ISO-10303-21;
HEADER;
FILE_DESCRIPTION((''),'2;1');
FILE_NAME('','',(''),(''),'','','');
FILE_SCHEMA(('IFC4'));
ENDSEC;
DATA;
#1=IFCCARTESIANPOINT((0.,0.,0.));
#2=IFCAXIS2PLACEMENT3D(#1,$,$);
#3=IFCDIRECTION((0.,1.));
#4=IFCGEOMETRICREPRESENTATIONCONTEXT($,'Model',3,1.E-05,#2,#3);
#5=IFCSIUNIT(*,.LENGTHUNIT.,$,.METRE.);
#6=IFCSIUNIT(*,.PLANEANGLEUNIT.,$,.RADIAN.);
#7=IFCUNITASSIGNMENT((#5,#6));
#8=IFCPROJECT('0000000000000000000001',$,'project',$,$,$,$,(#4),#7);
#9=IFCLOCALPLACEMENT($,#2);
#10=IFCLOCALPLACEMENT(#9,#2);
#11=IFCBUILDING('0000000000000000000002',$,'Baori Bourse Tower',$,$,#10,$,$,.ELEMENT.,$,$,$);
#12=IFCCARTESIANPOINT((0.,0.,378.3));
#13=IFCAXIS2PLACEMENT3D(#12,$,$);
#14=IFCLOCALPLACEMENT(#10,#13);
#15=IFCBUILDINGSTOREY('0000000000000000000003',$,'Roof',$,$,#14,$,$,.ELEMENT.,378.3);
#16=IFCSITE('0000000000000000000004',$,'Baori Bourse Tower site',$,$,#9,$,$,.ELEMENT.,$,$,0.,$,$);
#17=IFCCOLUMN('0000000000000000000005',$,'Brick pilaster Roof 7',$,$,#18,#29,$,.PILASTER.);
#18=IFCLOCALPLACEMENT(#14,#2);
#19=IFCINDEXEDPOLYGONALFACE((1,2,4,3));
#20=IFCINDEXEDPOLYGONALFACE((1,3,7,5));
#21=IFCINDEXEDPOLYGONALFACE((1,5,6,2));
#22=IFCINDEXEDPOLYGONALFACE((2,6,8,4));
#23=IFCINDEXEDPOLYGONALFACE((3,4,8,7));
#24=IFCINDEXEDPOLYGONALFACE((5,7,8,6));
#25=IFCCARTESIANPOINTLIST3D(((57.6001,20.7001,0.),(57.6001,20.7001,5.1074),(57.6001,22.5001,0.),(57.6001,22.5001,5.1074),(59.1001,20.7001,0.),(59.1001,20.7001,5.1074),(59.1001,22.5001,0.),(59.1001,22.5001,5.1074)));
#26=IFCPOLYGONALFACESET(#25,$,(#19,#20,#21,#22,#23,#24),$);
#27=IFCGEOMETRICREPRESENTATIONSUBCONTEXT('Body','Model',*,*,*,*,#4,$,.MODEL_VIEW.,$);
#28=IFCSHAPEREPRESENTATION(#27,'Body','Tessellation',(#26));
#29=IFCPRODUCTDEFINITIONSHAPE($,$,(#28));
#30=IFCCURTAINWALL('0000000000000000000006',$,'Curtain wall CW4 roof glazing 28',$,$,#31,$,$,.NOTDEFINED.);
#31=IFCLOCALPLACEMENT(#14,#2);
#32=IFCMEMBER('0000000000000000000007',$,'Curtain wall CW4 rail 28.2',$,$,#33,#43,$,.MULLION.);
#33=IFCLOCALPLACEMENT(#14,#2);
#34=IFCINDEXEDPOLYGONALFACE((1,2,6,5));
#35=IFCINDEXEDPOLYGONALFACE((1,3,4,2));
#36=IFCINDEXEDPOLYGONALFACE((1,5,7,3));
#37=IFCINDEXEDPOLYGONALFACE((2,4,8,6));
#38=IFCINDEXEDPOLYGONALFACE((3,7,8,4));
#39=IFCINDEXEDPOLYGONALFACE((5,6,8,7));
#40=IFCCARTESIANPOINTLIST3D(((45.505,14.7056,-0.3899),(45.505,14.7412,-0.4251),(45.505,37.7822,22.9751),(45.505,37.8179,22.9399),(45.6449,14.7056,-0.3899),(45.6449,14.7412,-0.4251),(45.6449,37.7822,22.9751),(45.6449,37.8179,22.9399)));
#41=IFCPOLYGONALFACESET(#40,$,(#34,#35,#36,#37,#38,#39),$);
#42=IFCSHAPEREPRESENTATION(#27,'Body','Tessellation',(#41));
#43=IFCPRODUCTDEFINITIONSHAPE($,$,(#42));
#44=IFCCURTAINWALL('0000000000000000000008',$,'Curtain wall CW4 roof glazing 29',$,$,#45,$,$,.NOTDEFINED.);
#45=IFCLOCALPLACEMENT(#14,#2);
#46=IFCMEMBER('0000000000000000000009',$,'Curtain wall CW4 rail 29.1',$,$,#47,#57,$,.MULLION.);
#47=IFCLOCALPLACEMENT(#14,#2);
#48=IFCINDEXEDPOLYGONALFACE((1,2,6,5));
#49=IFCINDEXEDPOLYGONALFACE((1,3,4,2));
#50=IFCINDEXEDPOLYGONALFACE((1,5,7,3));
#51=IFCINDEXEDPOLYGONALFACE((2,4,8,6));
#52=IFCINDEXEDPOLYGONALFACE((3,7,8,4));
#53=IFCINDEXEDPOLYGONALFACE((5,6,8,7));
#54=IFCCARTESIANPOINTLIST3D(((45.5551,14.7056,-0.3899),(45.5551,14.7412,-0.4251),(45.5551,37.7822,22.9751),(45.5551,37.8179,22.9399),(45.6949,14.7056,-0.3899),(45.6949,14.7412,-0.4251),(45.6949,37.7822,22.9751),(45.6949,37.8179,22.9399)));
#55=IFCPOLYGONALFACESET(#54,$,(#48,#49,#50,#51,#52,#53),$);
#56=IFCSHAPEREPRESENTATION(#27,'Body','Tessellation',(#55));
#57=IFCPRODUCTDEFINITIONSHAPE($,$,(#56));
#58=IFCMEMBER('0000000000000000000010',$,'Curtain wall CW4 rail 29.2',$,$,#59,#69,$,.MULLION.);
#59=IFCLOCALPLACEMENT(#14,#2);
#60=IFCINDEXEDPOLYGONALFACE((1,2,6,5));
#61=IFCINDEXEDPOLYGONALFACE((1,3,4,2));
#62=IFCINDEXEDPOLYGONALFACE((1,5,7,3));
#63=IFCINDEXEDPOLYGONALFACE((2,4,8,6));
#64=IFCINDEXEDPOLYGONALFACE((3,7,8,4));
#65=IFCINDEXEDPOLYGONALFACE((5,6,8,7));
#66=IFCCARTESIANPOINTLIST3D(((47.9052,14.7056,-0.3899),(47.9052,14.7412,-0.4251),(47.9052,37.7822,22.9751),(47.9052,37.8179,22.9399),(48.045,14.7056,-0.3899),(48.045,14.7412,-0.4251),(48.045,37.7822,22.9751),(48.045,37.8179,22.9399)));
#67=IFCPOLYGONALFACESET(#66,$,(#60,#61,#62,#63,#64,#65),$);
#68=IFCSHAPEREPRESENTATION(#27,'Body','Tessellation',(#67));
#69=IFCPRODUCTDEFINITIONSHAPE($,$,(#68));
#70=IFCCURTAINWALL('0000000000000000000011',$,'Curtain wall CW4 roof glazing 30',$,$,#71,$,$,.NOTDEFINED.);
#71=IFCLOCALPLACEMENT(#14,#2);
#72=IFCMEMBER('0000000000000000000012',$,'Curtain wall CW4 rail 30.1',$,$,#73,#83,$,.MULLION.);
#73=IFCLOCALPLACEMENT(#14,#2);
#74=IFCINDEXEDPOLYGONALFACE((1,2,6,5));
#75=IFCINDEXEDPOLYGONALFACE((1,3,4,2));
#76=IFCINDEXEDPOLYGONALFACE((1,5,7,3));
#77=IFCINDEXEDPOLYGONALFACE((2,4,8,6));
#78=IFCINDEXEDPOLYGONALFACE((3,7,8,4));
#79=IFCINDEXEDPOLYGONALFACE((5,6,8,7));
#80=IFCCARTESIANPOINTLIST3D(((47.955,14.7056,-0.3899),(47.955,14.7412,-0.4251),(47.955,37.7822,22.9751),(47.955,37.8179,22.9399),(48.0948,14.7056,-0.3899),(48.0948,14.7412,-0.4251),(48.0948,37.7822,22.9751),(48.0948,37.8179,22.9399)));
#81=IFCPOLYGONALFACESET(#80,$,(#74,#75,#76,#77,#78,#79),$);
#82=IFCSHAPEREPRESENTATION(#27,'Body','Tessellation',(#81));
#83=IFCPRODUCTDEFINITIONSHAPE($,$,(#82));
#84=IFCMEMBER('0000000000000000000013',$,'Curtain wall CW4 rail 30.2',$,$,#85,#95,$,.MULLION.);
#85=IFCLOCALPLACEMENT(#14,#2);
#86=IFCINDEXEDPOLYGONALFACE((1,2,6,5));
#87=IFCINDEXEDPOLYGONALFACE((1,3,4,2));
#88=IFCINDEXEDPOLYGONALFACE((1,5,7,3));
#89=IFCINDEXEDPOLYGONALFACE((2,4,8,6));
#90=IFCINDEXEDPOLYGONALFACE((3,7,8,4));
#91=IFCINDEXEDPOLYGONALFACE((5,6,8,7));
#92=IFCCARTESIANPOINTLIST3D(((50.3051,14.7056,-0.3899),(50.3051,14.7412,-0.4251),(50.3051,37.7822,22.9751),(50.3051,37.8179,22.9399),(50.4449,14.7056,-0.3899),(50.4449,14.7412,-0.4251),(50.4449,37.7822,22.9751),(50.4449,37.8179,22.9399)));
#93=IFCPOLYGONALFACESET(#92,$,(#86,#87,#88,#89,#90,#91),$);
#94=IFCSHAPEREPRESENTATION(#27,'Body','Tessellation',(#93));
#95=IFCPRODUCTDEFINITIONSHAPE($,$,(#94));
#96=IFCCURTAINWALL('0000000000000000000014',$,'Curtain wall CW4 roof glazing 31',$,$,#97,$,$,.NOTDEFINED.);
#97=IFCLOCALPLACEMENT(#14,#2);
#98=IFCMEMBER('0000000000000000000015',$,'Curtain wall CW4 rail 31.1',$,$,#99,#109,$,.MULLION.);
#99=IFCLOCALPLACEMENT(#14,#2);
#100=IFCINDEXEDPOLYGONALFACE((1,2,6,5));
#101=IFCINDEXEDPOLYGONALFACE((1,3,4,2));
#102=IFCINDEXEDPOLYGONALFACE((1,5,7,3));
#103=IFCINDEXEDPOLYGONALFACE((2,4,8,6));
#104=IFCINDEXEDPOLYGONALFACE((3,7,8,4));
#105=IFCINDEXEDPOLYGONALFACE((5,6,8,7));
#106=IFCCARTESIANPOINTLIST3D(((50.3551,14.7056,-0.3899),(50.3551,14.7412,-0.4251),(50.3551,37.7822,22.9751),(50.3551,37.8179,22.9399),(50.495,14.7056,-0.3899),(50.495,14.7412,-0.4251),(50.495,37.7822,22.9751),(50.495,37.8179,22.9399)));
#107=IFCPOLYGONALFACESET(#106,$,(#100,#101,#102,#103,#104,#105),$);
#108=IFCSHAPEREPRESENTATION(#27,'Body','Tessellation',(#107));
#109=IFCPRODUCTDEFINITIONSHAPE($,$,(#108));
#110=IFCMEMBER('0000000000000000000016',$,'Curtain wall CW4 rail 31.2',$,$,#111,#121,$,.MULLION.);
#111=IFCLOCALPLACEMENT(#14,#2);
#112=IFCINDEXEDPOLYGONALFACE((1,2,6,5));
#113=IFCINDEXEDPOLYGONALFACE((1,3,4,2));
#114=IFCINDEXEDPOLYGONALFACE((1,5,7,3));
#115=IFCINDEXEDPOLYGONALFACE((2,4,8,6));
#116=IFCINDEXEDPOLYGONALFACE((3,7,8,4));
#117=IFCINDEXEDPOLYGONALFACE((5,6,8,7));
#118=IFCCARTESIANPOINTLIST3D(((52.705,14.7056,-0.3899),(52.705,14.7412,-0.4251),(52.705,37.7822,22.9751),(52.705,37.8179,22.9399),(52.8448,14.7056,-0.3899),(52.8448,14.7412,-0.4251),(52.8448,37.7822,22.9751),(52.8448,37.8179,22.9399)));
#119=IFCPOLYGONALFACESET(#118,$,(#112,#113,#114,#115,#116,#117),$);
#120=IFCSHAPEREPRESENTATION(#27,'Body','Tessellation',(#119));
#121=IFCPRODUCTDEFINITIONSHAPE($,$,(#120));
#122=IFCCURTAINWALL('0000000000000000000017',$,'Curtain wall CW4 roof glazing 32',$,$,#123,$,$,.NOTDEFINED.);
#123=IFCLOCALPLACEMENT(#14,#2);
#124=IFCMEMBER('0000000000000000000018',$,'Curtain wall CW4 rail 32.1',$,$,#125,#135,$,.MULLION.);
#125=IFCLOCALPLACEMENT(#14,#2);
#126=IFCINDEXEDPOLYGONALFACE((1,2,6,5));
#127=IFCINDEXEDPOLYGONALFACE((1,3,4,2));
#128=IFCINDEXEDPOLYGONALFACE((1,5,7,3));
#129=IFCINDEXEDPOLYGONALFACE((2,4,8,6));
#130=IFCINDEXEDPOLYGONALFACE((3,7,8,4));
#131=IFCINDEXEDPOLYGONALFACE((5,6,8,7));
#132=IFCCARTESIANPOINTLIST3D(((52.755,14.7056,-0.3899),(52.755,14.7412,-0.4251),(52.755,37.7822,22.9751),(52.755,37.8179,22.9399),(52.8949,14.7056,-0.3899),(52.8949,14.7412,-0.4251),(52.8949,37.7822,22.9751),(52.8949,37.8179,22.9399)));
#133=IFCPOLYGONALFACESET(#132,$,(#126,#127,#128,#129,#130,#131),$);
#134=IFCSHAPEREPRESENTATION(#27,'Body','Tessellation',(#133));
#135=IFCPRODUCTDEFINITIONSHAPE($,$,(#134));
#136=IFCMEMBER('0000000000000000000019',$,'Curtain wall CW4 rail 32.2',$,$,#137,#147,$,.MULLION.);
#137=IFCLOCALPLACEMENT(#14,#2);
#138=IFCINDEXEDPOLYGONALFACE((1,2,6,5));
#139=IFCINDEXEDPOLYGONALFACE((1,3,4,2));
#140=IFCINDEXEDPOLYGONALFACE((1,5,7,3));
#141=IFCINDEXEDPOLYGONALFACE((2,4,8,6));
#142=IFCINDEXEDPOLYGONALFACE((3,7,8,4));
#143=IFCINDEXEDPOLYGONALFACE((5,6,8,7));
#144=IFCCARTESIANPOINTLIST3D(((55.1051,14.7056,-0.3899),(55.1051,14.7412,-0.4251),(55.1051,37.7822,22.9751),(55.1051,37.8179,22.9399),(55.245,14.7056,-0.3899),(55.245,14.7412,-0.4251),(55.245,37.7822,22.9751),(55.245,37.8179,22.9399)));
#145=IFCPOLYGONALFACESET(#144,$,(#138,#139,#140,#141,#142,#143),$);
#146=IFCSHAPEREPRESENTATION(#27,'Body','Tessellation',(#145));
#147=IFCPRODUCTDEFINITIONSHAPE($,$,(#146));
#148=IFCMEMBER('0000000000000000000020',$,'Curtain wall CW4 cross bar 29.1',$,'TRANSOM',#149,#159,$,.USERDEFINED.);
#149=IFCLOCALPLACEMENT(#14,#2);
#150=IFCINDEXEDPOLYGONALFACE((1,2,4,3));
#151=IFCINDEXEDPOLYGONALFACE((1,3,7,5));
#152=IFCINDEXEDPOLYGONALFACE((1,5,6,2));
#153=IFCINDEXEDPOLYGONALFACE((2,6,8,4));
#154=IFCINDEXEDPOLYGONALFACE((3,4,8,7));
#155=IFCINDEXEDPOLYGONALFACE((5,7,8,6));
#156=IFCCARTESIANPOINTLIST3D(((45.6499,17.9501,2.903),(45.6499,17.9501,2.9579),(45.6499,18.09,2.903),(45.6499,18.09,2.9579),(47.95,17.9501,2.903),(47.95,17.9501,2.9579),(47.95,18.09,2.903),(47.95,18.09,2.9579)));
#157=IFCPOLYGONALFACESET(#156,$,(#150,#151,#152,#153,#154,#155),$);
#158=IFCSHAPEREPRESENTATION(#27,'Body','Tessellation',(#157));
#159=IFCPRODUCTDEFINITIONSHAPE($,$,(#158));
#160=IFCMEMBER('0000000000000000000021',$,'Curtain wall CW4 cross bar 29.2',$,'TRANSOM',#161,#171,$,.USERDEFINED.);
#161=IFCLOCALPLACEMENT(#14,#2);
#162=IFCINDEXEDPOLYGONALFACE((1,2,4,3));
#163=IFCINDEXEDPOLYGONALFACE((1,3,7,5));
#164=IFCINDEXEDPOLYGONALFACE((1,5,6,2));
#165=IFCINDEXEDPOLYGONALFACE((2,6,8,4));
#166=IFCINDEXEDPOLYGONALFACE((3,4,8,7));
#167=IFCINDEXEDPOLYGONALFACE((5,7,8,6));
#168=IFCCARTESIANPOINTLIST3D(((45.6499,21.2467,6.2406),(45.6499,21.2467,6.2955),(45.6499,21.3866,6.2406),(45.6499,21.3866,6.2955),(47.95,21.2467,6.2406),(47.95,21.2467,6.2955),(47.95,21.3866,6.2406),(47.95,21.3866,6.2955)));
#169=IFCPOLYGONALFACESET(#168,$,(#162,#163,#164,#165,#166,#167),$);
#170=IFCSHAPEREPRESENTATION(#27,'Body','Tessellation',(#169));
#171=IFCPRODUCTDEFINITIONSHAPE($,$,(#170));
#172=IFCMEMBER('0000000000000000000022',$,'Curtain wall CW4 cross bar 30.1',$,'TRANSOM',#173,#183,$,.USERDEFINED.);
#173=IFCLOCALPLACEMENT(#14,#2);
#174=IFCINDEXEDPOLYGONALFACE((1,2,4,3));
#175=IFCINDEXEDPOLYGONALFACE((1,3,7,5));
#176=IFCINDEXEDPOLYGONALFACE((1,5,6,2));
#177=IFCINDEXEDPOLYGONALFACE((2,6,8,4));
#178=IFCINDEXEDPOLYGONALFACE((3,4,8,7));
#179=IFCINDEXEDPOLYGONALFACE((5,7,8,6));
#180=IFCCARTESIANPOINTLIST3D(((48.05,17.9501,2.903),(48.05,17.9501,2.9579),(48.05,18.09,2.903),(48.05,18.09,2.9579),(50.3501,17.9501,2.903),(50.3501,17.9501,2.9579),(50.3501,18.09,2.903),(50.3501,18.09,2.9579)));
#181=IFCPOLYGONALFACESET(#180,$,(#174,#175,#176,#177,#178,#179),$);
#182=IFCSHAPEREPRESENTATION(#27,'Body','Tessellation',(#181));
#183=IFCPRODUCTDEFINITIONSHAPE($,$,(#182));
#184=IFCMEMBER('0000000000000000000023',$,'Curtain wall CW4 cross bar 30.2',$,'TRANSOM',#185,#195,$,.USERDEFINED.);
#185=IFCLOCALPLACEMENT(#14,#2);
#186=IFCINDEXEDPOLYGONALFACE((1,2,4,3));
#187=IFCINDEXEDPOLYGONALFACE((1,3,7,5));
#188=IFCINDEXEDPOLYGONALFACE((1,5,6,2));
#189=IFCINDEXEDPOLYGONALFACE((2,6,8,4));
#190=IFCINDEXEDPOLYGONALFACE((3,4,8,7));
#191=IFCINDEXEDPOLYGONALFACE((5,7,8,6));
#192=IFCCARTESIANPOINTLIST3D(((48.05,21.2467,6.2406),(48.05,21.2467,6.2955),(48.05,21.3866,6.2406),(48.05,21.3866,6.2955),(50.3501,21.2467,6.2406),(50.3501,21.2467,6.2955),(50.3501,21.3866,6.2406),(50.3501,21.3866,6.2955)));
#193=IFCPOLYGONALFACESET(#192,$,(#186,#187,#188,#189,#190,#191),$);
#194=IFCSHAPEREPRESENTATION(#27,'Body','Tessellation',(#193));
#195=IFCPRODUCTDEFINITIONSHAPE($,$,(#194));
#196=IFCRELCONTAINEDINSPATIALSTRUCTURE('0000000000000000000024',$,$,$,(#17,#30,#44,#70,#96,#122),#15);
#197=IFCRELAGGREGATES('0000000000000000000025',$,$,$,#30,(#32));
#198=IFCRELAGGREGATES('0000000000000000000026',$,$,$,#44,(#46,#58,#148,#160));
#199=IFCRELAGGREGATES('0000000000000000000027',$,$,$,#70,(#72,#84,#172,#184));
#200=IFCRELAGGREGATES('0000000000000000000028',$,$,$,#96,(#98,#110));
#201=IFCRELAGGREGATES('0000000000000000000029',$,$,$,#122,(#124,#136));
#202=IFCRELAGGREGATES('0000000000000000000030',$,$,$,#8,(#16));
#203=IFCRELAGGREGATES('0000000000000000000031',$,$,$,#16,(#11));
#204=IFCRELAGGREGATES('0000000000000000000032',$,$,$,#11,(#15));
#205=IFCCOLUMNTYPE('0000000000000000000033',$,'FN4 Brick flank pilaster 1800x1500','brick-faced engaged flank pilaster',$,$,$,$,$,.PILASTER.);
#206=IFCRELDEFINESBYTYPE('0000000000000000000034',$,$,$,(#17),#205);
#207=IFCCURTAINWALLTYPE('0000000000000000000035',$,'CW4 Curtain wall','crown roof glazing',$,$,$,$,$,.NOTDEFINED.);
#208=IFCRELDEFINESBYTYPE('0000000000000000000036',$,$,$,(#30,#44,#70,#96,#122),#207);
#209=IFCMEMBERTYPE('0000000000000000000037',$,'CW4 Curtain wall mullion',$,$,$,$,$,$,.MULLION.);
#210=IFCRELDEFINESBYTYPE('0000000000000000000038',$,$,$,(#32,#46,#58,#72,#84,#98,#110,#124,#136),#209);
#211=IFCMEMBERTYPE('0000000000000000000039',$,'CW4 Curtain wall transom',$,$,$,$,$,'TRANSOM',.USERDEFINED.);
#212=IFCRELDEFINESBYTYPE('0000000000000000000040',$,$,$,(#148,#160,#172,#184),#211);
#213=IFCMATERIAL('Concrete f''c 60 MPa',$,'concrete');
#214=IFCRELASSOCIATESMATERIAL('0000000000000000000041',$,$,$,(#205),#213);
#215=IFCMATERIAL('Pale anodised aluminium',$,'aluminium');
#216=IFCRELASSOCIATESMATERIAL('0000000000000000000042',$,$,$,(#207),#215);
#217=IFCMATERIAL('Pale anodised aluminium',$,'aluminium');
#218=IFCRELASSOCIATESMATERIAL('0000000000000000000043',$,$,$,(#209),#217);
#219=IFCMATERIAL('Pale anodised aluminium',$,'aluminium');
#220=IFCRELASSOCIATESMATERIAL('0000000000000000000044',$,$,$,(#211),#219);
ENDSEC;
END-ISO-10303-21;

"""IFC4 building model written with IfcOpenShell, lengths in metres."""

from ifc_helpers import new_model, si_unit, direction, frame, origin, origin_2d, place, context, subcontext, project, spatial, rectangle, extrude, material, material_profile, profile_set, type_object, element, aggregate, save


model = new_model("IFC4")

# Units and contexts
model_context = context("Model", 3, precision=1e-05, world=origin(), true_north=direction((0.0, 1.0)))
body_context = subcontext(model_context, "Body", "Model", "MODEL_VIEW")
ifc_project = project(units=[si_unit("LENGTHUNIT", "METRE"), si_unit("PLANEANGLEUNIT", "RADIAN")], contexts=[model_context])

# Site, building, storey
site_placement = place(None, origin())
site = spatial("IfcSite", under=ifc_project, at=site_placement, Name="Baori Bourse Tower site", CompositionType="ELEMENT", RefElevation=0.0)
building_placement = place(site_placement, origin())
building = spatial("IfcBuilding", under=site, at=building_placement, Name="Baori Bourse Tower", CompositionType="ELEMENT")
storey_placement = place(building_placement, frame((0.0, 0.0, 378.3)))
storey = spatial("IfcBuildingStorey", under=building, at=storey_placement, Name="Roof", CompositionType="ELEMENT", Elevation=378.3)

# Column
ifc_material_1 = material(Name="Concrete f'c 60 MPa", Category="concrete")
ifc_material_profile_1 = material_profile(ifc_material_1, rectangle(XDim=1.8, YDim=1.5, at=origin_2d()), Name="RC 1800x1500")
ifc_profile_set_1 = profile_set([ifc_material_profile_1], Name="Concrete f'c 60 MPa")
column_type = type_object("IfcColumnType", Name="FN4 Brick flank pilaster 1800x1500", Description="brick-faced engaged flank pilaster", PredefinedType="PILASTER", material=ifc_profile_set_1)
column_placement = place(storey_placement, frame((58.3501, 21.6001, 0.0), z_axis=(0.0, 0.0, 1.0), x_axis=(0.0, 1.0, 0.0)))
element("IfcColumn", 1, at=column_placement, inside=storey, type_object=column_type, Name="Brick pilaster Roof 7", PredefinedType="PILASTER", context=body_context, shape_type="SweptSolid", body=[
    extrude(rectangle(XDim=1.8, YDim=1.5, at=origin_2d()), origin(), (0.0, 0.0, 1.0), 5.1074),
])

# Curtain wall, member
ifc_material_2 = material(Name="Pale anodised aluminium", Category="aluminium")
curtain_wall_type = type_object("IfcCurtainWallType", Name="CW4 Curtain wall", Description="crown roof glazing", PredefinedType="NOTDEFINED", material=ifc_material_2)
curtain_wall_1_placement = place(storey_placement, origin())
curtain_wall_1 = element("IfcCurtainWall", 2, at=curtain_wall_1_placement, inside=storey, type_object=curtain_wall_type, Name="Curtain wall CW4 roof glazing 28", PredefinedType="NOTDEFINED")
ifc_material_3 = material(Name="Pale anodised aluminium", Category="aluminium")
ifc_material_profile_2 = material_profile(ifc_material_3, rectangle(XDim=0.1399, YDim=0.05, at=origin_2d()), Name="Mullion 50x140")
ifc_profile_set_2 = profile_set([ifc_material_profile_2], Name="Pale anodised aluminium")
member_type_1 = type_object("IfcMemberType", Name="CW4 Curtain wall mullion", PredefinedType="MULLION", material=ifc_profile_set_2)
member_1_placement = place(storey_placement, frame((45.575, 14.7234, -0.4075), z_axis=(0.0, 0.702703, 0.711483), x_axis=(-1.0, 0.0, 0.0)))
member_1 = element("IfcMember", 3, at=member_1_placement, type_object=member_type_1, Name="Curtain wall CW4 rail 28.2", PredefinedType="MULLION", context=body_context, shape_type="SweptSolid", body=[
    extrude(rectangle(XDim=0.1399, YDim=0.05, at=origin_2d()), origin(), (0.0, 0.0, 1.0), 32.8398),
])
aggregate(curtain_wall_1, [member_1])

# Curtain walls, members
curtain_wall_2_placement = place(storey_placement, origin())
curtain_wall_2 = element("IfcCurtainWall", 4, at=curtain_wall_2_placement, inside=storey, type_object=curtain_wall_type, Name="Curtain wall CW4 roof glazing 29", PredefinedType="NOTDEFINED")
member_2_placement = place(storey_placement, frame((45.625, 14.7234, -0.4075), z_axis=(0.0, 0.702703, 0.711483), x_axis=(-1.0, 0.0, 0.0)))
member_2 = element("IfcMember", 5, at=member_2_placement, type_object=member_type_1, Name="Curtain wall CW4 rail 29.1", PredefinedType="MULLION", context=body_context, shape_type="SweptSolid", body=[
    extrude(rectangle(XDim=0.1399, YDim=0.05, at=origin_2d()), origin(), (0.0, 0.0, 1.0), 32.8398),
])
member_3_placement = place(storey_placement, frame((47.9751, 14.7234, -0.4075), z_axis=(0.0, 0.702703, 0.711483), x_axis=(-1.0, 0.0, 0.0)))
member_3 = element("IfcMember", 6, at=member_3_placement, type_object=member_type_1, Name="Curtain wall CW4 rail 29.2", PredefinedType="MULLION", context=body_context, shape_type="SweptSolid", body=[
    extrude(rectangle(XDim=0.1399, YDim=0.05, at=origin_2d()), origin(), (0.0, 0.0, 1.0), 32.8398),
])
curtain_wall_3_placement = place(storey_placement, origin())
curtain_wall_3 = element("IfcCurtainWall", 7, at=curtain_wall_3_placement, inside=storey, type_object=curtain_wall_type, Name="Curtain wall CW4 roof glazing 30", PredefinedType="NOTDEFINED")
member_4_placement = place(storey_placement, frame((48.0249, 14.7234, -0.4075), z_axis=(0.0, 0.702703, 0.711483), x_axis=(-1.0, 0.0, 0.0)))
member_4 = element("IfcMember", 8, at=member_4_placement, type_object=member_type_1, Name="Curtain wall CW4 rail 30.1", PredefinedType="MULLION", context=body_context, shape_type="SweptSolid", body=[
    extrude(rectangle(XDim=0.1399, YDim=0.05, at=origin_2d()), origin(), (0.0, 0.0, 1.0), 32.8398),
])
member_5_placement = place(storey_placement, frame((50.375, 14.7234, -0.4075), z_axis=(0.0, 0.702703, 0.711483), x_axis=(-1.0, 0.0, 0.0)))
member_5 = element("IfcMember", 9, at=member_5_placement, type_object=member_type_1, Name="Curtain wall CW4 rail 30.2", PredefinedType="MULLION", context=body_context, shape_type="SweptSolid", body=[
    extrude(rectangle(XDim=0.1399, YDim=0.05, at=origin_2d()), origin(), (0.0, 0.0, 1.0), 32.8398),
])
curtain_wall_4_placement = place(storey_placement, origin())
curtain_wall_4 = element("IfcCurtainWall", 10, at=curtain_wall_4_placement, inside=storey, type_object=curtain_wall_type, Name="Curtain wall CW4 roof glazing 31", PredefinedType="NOTDEFINED")
member_6_placement = place(storey_placement, frame((50.425, 14.7234, -0.4075), z_axis=(0.0, 0.702703, 0.711483), x_axis=(-1.0, 0.0, 0.0)))
member_6 = element("IfcMember", 11, at=member_6_placement, type_object=member_type_1, Name="Curtain wall CW4 rail 31.1", PredefinedType="MULLION", context=body_context, shape_type="SweptSolid", body=[
    extrude(rectangle(XDim=0.1399, YDim=0.05, at=origin_2d()), origin(), (0.0, 0.0, 1.0), 32.8398),
])
member_7_placement = place(storey_placement, frame((52.7749, 14.7234, -0.4075), z_axis=(0.0, 0.702703, 0.711483), x_axis=(-1.0, 0.0, 0.0)))
member_7 = element("IfcMember", 12, at=member_7_placement, type_object=member_type_1, Name="Curtain wall CW4 rail 31.2", PredefinedType="MULLION", context=body_context, shape_type="SweptSolid", body=[
    extrude(rectangle(XDim=0.1399, YDim=0.05, at=origin_2d()), origin(), (0.0, 0.0, 1.0), 32.8398),
])
curtain_wall_5_placement = place(storey_placement, origin())
curtain_wall_5 = element("IfcCurtainWall", 13, at=curtain_wall_5_placement, inside=storey, type_object=curtain_wall_type, Name="Curtain wall CW4 roof glazing 32", PredefinedType="NOTDEFINED")
member_8_placement = place(storey_placement, frame((52.825, 14.7234, -0.4075), z_axis=(0.0, 0.702703, 0.711483), x_axis=(-1.0, 0.0, 0.0)))
member_8 = element("IfcMember", 14, at=member_8_placement, type_object=member_type_1, Name="Curtain wall CW4 rail 32.1", PredefinedType="MULLION", context=body_context, shape_type="SweptSolid", body=[
    extrude(rectangle(XDim=0.1399, YDim=0.05, at=origin_2d()), origin(), (0.0, 0.0, 1.0), 32.8398),
])
member_9_placement = place(storey_placement, frame((55.175, 14.7234, -0.4075), z_axis=(0.0, 0.702703, 0.711483), x_axis=(-1.0, 0.0, 0.0)))
member_9 = element("IfcMember", 15, at=member_9_placement, type_object=member_type_1, Name="Curtain wall CW4 rail 32.2", PredefinedType="MULLION", context=body_context, shape_type="SweptSolid", body=[
    extrude(rectangle(XDim=0.1399, YDim=0.05, at=origin_2d()), origin(), (0.0, 0.0, 1.0), 32.8398),
])

# Members
ifc_material_4 = material(Name="Pale anodised aluminium", Category="aluminium")
ifc_material_profile_3 = material_profile(ifc_material_4, rectangle(XDim=0.1399, YDim=0.0549, at=origin_2d()), Name="Transom 55x140")
ifc_profile_set_3 = profile_set([ifc_material_profile_3], Name="Pale anodised aluminium")
member_type_2 = type_object("IfcMemberType", Name="CW4 Curtain wall transom", ElementType="TRANSOM", PredefinedType="USERDEFINED", material=ifc_profile_set_3)
member_10_placement = place(storey_placement, frame((45.6499, 18.02, 2.9304), z_axis=(1.0, 0.0, 0.0), x_axis=(0.0, 1.0, 0.0)))
member_10 = element("IfcMember", 16, at=member_10_placement, type_object=member_type_2, Name="Curtain wall CW4 cross bar 29.1", ObjectType="TRANSOM", PredefinedType="USERDEFINED", context=body_context, shape_type="SweptSolid", body=[
    extrude(rectangle(XDim=0.1399, YDim=0.0549, at=origin_2d()), origin(), (0.0, 0.0, 1.0), 2.3),
])
member_11_placement = place(storey_placement, frame((45.6499, 21.3167, 6.2681), z_axis=(1.0, 0.0, 0.0), x_axis=(0.0, 1.0, 0.0)))
member_11 = element("IfcMember", 17, at=member_11_placement, type_object=member_type_2, Name="Curtain wall CW4 cross bar 29.2", ObjectType="TRANSOM", PredefinedType="USERDEFINED", context=body_context, shape_type="SweptSolid", body=[
    extrude(rectangle(XDim=0.1399, YDim=0.0549, at=origin_2d()), origin(), (0.0, 0.0, 1.0), 2.3),
])
member_12_placement = place(storey_placement, frame((48.05, 18.02, 2.9304), z_axis=(1.0, 0.0, 0.0), x_axis=(0.0, 1.0, 0.0)))
member_12 = element("IfcMember", 18, at=member_12_placement, type_object=member_type_2, Name="Curtain wall CW4 cross bar 30.1", ObjectType="TRANSOM", PredefinedType="USERDEFINED", context=body_context, shape_type="SweptSolid", body=[
    extrude(rectangle(XDim=0.1399, YDim=0.0549, at=origin_2d()), origin(), (0.0, 0.0, 1.0), 2.3),
])
member_13_placement = place(storey_placement, frame((48.05, 21.3167, 6.2681), z_axis=(1.0, 0.0, 0.0), x_axis=(0.0, 1.0, 0.0)))
member_13 = element("IfcMember", 19, at=member_13_placement, type_object=member_type_2, Name="Curtain wall CW4 cross bar 30.2", ObjectType="TRANSOM", PredefinedType="USERDEFINED", context=body_context, shape_type="SweptSolid", body=[
    extrude(rectangle(XDim=0.1399, YDim=0.0549, at=origin_2d()), origin(), (0.0, 0.0, 1.0), 2.3),
])

aggregate(curtain_wall_2, [member_2, member_3, member_10, member_11])
aggregate(curtain_wall_3, [member_4, member_5, member_12, member_13])
aggregate(curtain_wall_4, [member_6, member_7])
aggregate(curtain_wall_5, [member_8, member_9])

save(model, "model.ifc")
